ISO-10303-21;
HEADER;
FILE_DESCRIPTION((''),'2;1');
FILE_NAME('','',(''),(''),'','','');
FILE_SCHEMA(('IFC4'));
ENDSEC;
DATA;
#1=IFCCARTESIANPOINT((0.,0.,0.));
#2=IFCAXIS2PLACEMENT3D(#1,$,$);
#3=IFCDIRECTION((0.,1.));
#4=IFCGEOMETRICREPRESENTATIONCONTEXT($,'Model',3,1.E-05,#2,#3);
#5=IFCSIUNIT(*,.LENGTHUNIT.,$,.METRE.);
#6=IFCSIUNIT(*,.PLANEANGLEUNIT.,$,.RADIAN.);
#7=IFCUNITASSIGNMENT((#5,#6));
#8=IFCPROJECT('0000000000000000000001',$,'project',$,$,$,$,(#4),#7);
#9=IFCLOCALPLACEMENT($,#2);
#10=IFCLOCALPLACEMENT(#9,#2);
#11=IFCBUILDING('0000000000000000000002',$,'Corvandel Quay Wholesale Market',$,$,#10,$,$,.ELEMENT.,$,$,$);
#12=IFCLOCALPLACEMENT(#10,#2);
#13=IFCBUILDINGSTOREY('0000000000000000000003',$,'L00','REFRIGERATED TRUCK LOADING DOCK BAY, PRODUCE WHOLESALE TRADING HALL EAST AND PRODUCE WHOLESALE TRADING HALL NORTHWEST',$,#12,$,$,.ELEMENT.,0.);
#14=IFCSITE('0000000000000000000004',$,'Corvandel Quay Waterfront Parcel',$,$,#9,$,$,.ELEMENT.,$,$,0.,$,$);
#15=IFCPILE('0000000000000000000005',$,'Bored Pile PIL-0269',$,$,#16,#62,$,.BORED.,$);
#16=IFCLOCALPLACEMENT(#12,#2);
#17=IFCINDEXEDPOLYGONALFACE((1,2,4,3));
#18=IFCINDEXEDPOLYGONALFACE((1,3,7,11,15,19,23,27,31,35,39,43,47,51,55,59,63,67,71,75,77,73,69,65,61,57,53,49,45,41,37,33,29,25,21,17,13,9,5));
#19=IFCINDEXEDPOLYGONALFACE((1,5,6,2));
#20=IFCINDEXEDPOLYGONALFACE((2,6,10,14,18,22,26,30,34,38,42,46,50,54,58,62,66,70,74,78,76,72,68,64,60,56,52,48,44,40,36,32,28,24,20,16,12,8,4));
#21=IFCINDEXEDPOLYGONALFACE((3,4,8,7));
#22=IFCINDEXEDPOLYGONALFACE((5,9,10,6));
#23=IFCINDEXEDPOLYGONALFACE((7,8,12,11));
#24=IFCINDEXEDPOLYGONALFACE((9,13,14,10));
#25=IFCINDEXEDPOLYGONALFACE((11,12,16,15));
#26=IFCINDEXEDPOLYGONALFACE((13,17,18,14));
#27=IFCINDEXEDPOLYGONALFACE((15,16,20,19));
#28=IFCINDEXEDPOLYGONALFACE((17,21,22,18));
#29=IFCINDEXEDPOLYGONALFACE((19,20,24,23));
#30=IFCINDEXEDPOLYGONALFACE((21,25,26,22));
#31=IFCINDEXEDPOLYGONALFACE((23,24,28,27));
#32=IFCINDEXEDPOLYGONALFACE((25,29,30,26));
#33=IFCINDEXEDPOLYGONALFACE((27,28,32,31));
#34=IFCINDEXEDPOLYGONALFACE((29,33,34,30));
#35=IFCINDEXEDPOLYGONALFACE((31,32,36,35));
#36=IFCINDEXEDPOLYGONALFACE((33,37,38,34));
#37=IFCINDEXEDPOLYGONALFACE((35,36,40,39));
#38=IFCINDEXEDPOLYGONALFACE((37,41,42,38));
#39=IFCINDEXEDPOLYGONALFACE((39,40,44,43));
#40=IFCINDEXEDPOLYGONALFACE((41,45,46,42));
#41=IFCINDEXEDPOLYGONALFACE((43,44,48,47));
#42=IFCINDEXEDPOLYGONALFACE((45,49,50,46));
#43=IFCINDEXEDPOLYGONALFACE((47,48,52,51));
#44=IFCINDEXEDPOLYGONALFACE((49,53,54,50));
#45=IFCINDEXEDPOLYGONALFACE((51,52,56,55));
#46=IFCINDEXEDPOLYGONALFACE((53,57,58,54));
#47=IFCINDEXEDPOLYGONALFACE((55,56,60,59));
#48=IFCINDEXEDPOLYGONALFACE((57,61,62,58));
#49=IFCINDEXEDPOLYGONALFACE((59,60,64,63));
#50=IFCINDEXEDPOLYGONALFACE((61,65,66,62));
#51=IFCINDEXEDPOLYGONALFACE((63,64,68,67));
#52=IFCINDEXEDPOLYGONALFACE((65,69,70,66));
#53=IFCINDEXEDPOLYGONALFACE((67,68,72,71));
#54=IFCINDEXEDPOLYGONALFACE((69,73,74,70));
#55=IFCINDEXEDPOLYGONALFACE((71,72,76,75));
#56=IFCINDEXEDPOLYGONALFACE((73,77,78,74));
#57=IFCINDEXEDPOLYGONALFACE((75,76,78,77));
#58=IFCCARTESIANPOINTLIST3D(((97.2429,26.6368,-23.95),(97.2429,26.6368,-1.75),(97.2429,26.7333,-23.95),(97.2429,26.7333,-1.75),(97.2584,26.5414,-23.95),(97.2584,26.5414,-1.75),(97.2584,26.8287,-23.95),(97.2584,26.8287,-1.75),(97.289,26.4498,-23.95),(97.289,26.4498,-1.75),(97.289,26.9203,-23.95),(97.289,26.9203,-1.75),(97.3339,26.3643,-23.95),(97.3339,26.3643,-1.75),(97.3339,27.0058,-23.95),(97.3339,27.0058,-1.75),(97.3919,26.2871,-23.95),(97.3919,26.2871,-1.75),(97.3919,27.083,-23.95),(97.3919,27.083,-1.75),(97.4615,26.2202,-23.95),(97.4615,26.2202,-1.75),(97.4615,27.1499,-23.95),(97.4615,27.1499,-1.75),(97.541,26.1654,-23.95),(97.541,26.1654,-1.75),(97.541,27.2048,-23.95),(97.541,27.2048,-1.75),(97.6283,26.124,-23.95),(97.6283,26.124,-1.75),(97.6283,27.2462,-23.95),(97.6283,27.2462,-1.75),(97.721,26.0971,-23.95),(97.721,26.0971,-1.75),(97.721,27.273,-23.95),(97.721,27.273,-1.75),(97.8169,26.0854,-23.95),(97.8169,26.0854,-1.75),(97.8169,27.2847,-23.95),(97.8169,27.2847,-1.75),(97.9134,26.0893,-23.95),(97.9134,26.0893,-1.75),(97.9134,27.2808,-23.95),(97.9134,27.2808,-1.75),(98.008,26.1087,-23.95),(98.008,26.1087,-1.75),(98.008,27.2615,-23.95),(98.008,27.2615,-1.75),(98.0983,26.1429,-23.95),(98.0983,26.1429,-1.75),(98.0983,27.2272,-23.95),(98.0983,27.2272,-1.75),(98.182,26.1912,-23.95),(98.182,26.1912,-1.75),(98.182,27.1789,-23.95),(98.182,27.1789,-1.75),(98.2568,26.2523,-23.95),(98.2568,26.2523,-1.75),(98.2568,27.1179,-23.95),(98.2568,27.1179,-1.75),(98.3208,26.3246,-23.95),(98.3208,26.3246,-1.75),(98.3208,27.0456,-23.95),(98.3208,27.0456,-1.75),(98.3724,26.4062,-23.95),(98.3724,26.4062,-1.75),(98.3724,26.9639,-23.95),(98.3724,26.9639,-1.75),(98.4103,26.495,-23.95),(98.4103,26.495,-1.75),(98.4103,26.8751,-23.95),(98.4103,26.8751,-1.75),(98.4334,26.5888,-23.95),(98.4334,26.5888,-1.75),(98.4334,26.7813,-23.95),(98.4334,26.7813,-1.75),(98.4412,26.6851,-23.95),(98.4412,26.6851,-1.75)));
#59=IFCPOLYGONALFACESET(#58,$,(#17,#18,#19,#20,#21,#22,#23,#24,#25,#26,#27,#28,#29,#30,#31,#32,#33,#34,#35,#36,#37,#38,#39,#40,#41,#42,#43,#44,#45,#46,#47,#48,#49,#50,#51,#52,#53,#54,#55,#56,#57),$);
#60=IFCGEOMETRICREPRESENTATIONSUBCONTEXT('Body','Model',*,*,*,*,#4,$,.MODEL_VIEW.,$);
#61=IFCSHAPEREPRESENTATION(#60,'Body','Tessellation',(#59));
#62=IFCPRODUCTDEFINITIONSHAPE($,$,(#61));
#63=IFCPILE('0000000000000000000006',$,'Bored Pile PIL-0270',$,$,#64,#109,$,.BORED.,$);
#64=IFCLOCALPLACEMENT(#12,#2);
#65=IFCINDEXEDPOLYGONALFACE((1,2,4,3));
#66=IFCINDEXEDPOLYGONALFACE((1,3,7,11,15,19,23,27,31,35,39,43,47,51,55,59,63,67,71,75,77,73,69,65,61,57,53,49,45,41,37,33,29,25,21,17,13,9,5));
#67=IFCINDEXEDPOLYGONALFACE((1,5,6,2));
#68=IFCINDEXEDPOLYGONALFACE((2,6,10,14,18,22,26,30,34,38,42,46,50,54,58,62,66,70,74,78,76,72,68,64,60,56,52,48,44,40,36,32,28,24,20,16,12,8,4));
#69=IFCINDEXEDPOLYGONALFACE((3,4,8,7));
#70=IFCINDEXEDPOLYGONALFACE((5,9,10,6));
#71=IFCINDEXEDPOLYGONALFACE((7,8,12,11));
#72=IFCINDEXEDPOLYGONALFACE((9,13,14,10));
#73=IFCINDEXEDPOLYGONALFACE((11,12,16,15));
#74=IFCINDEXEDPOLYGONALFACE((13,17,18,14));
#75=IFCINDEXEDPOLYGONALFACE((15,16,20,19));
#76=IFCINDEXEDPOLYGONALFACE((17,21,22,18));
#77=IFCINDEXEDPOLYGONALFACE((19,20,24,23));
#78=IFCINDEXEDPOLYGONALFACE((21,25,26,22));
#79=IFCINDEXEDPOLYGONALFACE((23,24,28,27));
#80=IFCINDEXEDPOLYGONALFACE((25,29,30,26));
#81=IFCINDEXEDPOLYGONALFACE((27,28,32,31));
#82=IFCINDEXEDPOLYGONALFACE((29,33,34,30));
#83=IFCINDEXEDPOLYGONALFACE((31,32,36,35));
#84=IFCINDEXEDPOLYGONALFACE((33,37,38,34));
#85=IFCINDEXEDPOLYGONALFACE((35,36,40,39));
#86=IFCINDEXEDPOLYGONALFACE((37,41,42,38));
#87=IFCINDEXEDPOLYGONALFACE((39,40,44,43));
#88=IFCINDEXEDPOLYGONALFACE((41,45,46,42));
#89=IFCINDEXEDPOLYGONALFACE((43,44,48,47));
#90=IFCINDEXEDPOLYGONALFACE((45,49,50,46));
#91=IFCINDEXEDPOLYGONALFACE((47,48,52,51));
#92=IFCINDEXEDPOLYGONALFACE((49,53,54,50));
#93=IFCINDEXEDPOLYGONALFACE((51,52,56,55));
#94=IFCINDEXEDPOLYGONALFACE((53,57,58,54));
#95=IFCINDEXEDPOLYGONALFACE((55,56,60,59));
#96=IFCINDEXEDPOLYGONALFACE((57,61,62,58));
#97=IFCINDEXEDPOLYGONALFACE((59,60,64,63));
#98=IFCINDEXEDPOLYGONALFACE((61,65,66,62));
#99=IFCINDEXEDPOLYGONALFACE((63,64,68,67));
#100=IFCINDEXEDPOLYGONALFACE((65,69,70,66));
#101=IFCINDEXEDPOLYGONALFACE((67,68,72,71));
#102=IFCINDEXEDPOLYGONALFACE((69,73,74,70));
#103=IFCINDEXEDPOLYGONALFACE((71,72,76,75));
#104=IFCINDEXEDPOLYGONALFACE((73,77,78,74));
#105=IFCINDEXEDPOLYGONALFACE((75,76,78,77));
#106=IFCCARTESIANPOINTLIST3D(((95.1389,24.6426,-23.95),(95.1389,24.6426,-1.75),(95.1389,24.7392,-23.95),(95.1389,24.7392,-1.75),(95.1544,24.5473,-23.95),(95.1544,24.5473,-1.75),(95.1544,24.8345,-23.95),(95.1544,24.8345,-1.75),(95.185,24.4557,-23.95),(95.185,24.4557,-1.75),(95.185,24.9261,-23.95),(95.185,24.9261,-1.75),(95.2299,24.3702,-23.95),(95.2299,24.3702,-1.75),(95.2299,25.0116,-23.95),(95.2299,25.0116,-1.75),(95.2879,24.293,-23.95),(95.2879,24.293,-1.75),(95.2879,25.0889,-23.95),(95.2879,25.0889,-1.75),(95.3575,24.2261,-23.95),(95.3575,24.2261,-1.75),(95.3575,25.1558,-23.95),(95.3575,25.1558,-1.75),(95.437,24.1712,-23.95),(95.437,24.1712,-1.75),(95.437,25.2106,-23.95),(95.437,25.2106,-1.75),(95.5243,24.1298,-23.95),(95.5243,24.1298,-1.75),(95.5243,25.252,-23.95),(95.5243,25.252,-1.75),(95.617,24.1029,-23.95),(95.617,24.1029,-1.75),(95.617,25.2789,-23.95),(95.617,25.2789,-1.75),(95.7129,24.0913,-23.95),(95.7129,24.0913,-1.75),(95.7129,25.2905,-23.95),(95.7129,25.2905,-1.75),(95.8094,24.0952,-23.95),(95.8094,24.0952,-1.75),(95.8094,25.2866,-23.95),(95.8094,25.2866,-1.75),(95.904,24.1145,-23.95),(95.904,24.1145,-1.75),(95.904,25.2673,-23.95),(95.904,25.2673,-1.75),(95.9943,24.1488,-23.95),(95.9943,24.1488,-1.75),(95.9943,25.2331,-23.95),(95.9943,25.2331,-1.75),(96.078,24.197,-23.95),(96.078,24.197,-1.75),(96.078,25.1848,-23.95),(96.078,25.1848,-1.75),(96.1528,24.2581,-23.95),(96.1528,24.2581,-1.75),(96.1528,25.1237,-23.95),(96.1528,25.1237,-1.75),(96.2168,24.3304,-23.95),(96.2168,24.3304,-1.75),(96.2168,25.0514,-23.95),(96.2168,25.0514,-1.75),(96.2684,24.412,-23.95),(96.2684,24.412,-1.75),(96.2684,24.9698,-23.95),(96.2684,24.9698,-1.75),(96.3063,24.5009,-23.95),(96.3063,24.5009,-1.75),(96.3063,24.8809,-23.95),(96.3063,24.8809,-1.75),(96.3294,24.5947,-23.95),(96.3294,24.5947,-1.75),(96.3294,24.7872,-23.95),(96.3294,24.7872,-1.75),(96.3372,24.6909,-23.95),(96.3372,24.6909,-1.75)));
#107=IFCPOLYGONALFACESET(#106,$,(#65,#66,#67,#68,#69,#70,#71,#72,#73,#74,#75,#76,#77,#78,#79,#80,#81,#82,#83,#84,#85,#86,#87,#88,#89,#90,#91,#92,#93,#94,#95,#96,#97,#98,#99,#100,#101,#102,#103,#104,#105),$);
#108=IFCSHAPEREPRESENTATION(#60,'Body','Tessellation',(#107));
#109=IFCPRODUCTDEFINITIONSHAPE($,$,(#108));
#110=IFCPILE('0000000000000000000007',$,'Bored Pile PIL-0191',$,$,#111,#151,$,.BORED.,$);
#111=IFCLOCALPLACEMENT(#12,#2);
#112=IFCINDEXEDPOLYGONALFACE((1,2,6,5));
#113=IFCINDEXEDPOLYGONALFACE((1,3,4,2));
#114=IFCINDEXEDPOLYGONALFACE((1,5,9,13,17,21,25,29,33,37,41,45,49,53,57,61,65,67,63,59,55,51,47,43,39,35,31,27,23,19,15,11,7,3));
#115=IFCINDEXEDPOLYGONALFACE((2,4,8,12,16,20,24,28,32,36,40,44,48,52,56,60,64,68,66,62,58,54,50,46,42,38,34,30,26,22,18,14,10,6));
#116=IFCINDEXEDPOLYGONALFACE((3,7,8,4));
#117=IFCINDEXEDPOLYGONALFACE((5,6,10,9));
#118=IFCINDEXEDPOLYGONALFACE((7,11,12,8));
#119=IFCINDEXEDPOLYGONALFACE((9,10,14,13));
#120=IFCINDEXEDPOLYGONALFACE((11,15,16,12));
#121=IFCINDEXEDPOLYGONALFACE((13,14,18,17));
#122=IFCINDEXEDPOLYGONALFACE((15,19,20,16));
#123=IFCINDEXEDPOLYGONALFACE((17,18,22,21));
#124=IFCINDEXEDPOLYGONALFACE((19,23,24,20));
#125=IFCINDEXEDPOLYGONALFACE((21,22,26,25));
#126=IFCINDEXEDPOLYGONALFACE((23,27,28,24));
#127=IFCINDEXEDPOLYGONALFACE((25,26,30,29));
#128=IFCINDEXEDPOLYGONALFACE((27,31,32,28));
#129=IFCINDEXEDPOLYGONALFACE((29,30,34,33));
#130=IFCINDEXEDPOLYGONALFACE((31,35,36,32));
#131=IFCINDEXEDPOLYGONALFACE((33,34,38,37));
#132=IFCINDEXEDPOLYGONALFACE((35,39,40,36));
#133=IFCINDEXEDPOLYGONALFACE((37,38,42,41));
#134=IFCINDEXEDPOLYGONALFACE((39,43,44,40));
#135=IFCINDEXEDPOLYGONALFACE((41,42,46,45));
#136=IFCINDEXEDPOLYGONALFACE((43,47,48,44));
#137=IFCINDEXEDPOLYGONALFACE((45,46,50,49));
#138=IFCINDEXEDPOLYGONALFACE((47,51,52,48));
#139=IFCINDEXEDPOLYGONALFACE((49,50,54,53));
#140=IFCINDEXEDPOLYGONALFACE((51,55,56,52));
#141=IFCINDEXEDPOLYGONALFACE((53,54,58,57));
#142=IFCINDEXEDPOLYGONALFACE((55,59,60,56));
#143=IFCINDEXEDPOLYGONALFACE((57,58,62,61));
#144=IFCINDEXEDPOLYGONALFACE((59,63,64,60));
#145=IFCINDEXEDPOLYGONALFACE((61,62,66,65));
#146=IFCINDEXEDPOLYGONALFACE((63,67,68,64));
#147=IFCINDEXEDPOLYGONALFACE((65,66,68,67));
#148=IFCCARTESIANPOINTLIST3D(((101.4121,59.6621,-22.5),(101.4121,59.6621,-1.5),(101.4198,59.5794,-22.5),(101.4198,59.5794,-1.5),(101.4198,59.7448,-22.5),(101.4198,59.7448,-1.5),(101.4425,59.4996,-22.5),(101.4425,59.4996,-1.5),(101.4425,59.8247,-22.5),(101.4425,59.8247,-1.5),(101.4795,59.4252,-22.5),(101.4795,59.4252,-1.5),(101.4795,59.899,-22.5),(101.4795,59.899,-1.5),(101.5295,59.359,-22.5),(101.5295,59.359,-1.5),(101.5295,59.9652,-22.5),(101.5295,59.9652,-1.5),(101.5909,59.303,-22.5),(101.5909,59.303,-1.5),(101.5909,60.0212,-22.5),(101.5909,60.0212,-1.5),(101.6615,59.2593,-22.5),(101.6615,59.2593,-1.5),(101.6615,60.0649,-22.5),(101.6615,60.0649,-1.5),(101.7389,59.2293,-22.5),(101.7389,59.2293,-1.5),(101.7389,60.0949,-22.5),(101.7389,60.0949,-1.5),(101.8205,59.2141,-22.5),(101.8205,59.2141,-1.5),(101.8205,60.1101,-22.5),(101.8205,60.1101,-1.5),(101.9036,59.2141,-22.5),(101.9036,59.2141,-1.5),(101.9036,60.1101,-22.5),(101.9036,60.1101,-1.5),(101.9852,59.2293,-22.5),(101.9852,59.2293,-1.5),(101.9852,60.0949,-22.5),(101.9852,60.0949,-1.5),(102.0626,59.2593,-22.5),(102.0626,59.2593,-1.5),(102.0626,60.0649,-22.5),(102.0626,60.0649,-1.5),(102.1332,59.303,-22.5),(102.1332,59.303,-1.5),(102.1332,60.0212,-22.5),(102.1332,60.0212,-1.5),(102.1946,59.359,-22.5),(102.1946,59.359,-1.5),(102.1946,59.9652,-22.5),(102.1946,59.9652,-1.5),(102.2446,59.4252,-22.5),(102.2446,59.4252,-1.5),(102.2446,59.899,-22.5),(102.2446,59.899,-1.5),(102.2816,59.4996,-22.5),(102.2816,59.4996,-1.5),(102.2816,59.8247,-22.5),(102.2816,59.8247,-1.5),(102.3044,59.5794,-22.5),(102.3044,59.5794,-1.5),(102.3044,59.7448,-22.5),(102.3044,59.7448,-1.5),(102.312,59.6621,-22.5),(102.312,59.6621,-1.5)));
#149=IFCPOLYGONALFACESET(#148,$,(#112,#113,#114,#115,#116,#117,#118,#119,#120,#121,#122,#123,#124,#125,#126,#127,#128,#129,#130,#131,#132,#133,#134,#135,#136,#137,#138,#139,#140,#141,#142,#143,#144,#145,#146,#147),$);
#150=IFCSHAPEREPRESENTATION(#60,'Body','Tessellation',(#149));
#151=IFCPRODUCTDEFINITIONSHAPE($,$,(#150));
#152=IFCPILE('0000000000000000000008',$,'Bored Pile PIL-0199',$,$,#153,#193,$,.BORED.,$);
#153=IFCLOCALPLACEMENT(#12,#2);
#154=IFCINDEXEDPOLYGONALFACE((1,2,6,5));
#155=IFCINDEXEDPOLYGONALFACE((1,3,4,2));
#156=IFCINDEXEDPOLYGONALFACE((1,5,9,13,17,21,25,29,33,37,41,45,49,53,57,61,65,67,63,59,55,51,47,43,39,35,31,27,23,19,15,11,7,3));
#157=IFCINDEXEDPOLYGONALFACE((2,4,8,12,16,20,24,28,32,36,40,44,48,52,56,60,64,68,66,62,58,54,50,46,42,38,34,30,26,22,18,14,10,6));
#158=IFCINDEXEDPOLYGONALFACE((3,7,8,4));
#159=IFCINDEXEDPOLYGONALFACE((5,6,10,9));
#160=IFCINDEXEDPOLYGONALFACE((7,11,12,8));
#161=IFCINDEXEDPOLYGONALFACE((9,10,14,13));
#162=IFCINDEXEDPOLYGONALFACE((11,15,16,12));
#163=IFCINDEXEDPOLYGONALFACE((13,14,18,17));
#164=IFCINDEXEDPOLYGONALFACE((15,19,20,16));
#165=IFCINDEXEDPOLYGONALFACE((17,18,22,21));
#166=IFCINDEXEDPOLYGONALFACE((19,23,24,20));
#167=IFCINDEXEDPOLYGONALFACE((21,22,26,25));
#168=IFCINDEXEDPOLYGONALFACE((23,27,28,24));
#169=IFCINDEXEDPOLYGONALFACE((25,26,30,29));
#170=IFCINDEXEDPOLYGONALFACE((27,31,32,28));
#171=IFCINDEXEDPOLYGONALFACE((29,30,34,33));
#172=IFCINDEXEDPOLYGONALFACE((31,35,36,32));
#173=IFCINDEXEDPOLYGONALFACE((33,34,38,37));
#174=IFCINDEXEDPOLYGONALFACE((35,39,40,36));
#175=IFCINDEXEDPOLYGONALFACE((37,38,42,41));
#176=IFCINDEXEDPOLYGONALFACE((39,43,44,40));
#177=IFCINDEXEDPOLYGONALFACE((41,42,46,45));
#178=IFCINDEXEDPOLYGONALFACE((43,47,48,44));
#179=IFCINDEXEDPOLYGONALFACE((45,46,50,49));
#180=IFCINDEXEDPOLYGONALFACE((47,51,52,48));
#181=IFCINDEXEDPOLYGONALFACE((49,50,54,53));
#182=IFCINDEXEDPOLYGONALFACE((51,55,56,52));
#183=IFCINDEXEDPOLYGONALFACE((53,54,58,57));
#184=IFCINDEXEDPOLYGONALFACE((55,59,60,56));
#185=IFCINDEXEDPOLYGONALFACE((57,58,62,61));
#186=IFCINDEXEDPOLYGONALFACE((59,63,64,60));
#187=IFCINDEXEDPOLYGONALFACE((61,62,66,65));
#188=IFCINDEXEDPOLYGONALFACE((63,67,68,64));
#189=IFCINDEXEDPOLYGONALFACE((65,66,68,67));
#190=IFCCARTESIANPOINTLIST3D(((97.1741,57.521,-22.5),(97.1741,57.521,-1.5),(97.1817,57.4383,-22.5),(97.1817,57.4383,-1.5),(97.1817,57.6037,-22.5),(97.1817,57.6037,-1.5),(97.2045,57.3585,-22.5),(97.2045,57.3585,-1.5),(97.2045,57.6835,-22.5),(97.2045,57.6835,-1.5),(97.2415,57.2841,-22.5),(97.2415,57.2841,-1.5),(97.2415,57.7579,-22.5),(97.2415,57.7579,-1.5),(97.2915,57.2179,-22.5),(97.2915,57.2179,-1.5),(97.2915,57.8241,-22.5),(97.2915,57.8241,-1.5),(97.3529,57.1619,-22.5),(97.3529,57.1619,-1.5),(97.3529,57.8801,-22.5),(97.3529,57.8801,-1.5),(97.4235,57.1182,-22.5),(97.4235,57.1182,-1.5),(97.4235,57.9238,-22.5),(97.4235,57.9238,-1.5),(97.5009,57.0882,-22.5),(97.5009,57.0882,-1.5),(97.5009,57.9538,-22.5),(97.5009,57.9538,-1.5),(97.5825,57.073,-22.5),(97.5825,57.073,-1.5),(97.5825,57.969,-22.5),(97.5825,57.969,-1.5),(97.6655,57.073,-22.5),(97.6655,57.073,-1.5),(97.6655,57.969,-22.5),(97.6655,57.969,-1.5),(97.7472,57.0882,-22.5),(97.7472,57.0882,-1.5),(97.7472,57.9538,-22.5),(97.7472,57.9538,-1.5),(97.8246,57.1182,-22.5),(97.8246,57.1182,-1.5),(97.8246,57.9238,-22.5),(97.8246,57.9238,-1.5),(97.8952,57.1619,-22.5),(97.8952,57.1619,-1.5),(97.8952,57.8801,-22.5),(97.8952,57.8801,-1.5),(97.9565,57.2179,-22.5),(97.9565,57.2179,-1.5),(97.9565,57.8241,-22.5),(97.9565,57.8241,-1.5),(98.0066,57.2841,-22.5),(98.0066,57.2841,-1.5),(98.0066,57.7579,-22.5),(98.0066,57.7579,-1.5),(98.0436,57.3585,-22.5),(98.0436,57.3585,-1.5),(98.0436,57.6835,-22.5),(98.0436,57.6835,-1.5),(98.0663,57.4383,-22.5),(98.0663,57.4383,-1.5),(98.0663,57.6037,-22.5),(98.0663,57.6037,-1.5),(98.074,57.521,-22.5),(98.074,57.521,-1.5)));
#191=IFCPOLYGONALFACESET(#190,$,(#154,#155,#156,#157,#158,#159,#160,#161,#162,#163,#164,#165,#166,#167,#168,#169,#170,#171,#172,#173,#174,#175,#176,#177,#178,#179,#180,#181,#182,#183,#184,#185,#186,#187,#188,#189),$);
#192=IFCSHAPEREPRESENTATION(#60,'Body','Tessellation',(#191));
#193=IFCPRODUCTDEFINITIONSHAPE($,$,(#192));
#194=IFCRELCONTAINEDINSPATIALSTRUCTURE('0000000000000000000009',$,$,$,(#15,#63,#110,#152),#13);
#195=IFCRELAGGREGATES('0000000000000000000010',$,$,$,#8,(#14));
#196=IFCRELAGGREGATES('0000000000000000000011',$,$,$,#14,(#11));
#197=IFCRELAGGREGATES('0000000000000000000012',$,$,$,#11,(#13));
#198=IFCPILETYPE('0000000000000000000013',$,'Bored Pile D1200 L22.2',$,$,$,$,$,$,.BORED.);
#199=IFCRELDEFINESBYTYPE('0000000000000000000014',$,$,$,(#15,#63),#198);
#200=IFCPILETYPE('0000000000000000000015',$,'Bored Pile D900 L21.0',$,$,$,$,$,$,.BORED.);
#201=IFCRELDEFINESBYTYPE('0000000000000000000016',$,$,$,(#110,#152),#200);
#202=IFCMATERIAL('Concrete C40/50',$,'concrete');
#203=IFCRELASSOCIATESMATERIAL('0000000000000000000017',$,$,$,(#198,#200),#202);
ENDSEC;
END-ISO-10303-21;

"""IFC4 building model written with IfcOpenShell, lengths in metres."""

from ifc_helpers import new_model, si_unit, direction, frame, origin, origin_2d, place, context, subcontext, project, spatial, circle, extrude, material, material_profile, profile_set, type_object, element, save


model = new_model("IFC4")

# Units and contexts
model_context = context("Model", 3, precision=1e-05, world=origin(), true_north=direction((0.0, 1.0)))
body_context = subcontext(model_context, "Body", "Model", "MODEL_VIEW")
ifc_project = project(units=[si_unit("LENGTHUNIT", "METRE"), si_unit("PLANEANGLEUNIT", "RADIAN")], contexts=[model_context])

# Site, building, storey
site_placement = place(None, origin())
site = spatial("IfcSite", under=ifc_project, at=site_placement, Name="Corvandel Quay Waterfront Parcel", CompositionType="ELEMENT", RefElevation=0.0)
building_placement = place(site_placement, origin())
building = spatial("IfcBuilding", under=site, at=building_placement, Name="Corvandel Quay Wholesale Market", CompositionType="ELEMENT")
storey_placement = place(building_placement, origin())
storey = spatial("IfcBuildingStorey", under=building, at=storey_placement, Name="L00", Description="REFRIGERATED TRUCK LOADING DOCK BAY, PRODUCE WHOLESALE TRADING HALL EAST AND PRODUCE WHOLESALE TRADING HALL NORTHWEST", CompositionType="ELEMENT", Elevation=0.0)

# Piles
ifc_material_1 = material(Name="Concrete C40/50", Category="concrete")
ifc_material_profile_1 = material_profile(ifc_material_1, circle(Radius=0.6001, at=origin_2d()), Name="RC-PILE-D1200")
ifc_profile_set_1 = profile_set([ifc_material_profile_1], Name="Concrete C40/50")
pile_type_1 = type_object("IfcPileType", Name="Bored Pile D1200 L22.2", PredefinedType="BORED", material=ifc_profile_set_1)
for number, where, z_axis, x_axis, name in (
    (1, (97.8411, 26.6851, -1.75), (0.0, 0.0, -1.0), (1.0, 0.0, 0.0), "Bored Pile PIL-0269"),
    (2, (95.7371, 24.6909, -1.75), (0.0, 0.0, -1.0), (1.0, 0.0, 0.0), "Bored Pile PIL-0270"),
):
    element("IfcPile", number, at=place(storey_placement, frame(where, z_axis=z_axis, x_axis=x_axis)), inside=storey, type_object=pile_type_1, Name=name, PredefinedType="BORED", context=body_context, shape_type="SweptSolid", body=[
        extrude(circle(Radius=0.6001, at=origin_2d()), origin(), (0.0, 0.0, 1.0), 22.2),
    ])
ifc_material_profile_2 = material_profile(ifc_material_1, circle(Radius=0.45, at=origin_2d()), Name="RC-PILE-D900")
ifc_profile_set_2 = profile_set([ifc_material_profile_2], Name="Concrete C40/50")
pile_type_2 = type_object("IfcPileType", Name="Bored Pile D900 L21.0", PredefinedType="BORED", material=ifc_profile_set_2)
for number, where, z_axis, x_axis, name in (
    (3, (101.8621, 59.6621, -1.5), (0.0, 0.0, -1.0), (1.0, 0.0, 0.0), "Bored Pile PIL-0191"),
    (4, (97.624, 57.521, -1.5), (0.0, 0.0, -1.0), (1.0, 0.0, 0.0), "Bored Pile PIL-0199"),
):
    element("IfcPile", number, at=place(storey_placement, frame(where, z_axis=z_axis, x_axis=x_axis)), inside=storey, type_object=pile_type_2, Name=name, PredefinedType="BORED", context=body_context, shape_type="SweptSolid", body=[
        extrude(circle(Radius=0.45, at=origin_2d()), origin(), (0.0, 0.0, 1.0), 21.0),
    ])

save(model, "model.ifc")
